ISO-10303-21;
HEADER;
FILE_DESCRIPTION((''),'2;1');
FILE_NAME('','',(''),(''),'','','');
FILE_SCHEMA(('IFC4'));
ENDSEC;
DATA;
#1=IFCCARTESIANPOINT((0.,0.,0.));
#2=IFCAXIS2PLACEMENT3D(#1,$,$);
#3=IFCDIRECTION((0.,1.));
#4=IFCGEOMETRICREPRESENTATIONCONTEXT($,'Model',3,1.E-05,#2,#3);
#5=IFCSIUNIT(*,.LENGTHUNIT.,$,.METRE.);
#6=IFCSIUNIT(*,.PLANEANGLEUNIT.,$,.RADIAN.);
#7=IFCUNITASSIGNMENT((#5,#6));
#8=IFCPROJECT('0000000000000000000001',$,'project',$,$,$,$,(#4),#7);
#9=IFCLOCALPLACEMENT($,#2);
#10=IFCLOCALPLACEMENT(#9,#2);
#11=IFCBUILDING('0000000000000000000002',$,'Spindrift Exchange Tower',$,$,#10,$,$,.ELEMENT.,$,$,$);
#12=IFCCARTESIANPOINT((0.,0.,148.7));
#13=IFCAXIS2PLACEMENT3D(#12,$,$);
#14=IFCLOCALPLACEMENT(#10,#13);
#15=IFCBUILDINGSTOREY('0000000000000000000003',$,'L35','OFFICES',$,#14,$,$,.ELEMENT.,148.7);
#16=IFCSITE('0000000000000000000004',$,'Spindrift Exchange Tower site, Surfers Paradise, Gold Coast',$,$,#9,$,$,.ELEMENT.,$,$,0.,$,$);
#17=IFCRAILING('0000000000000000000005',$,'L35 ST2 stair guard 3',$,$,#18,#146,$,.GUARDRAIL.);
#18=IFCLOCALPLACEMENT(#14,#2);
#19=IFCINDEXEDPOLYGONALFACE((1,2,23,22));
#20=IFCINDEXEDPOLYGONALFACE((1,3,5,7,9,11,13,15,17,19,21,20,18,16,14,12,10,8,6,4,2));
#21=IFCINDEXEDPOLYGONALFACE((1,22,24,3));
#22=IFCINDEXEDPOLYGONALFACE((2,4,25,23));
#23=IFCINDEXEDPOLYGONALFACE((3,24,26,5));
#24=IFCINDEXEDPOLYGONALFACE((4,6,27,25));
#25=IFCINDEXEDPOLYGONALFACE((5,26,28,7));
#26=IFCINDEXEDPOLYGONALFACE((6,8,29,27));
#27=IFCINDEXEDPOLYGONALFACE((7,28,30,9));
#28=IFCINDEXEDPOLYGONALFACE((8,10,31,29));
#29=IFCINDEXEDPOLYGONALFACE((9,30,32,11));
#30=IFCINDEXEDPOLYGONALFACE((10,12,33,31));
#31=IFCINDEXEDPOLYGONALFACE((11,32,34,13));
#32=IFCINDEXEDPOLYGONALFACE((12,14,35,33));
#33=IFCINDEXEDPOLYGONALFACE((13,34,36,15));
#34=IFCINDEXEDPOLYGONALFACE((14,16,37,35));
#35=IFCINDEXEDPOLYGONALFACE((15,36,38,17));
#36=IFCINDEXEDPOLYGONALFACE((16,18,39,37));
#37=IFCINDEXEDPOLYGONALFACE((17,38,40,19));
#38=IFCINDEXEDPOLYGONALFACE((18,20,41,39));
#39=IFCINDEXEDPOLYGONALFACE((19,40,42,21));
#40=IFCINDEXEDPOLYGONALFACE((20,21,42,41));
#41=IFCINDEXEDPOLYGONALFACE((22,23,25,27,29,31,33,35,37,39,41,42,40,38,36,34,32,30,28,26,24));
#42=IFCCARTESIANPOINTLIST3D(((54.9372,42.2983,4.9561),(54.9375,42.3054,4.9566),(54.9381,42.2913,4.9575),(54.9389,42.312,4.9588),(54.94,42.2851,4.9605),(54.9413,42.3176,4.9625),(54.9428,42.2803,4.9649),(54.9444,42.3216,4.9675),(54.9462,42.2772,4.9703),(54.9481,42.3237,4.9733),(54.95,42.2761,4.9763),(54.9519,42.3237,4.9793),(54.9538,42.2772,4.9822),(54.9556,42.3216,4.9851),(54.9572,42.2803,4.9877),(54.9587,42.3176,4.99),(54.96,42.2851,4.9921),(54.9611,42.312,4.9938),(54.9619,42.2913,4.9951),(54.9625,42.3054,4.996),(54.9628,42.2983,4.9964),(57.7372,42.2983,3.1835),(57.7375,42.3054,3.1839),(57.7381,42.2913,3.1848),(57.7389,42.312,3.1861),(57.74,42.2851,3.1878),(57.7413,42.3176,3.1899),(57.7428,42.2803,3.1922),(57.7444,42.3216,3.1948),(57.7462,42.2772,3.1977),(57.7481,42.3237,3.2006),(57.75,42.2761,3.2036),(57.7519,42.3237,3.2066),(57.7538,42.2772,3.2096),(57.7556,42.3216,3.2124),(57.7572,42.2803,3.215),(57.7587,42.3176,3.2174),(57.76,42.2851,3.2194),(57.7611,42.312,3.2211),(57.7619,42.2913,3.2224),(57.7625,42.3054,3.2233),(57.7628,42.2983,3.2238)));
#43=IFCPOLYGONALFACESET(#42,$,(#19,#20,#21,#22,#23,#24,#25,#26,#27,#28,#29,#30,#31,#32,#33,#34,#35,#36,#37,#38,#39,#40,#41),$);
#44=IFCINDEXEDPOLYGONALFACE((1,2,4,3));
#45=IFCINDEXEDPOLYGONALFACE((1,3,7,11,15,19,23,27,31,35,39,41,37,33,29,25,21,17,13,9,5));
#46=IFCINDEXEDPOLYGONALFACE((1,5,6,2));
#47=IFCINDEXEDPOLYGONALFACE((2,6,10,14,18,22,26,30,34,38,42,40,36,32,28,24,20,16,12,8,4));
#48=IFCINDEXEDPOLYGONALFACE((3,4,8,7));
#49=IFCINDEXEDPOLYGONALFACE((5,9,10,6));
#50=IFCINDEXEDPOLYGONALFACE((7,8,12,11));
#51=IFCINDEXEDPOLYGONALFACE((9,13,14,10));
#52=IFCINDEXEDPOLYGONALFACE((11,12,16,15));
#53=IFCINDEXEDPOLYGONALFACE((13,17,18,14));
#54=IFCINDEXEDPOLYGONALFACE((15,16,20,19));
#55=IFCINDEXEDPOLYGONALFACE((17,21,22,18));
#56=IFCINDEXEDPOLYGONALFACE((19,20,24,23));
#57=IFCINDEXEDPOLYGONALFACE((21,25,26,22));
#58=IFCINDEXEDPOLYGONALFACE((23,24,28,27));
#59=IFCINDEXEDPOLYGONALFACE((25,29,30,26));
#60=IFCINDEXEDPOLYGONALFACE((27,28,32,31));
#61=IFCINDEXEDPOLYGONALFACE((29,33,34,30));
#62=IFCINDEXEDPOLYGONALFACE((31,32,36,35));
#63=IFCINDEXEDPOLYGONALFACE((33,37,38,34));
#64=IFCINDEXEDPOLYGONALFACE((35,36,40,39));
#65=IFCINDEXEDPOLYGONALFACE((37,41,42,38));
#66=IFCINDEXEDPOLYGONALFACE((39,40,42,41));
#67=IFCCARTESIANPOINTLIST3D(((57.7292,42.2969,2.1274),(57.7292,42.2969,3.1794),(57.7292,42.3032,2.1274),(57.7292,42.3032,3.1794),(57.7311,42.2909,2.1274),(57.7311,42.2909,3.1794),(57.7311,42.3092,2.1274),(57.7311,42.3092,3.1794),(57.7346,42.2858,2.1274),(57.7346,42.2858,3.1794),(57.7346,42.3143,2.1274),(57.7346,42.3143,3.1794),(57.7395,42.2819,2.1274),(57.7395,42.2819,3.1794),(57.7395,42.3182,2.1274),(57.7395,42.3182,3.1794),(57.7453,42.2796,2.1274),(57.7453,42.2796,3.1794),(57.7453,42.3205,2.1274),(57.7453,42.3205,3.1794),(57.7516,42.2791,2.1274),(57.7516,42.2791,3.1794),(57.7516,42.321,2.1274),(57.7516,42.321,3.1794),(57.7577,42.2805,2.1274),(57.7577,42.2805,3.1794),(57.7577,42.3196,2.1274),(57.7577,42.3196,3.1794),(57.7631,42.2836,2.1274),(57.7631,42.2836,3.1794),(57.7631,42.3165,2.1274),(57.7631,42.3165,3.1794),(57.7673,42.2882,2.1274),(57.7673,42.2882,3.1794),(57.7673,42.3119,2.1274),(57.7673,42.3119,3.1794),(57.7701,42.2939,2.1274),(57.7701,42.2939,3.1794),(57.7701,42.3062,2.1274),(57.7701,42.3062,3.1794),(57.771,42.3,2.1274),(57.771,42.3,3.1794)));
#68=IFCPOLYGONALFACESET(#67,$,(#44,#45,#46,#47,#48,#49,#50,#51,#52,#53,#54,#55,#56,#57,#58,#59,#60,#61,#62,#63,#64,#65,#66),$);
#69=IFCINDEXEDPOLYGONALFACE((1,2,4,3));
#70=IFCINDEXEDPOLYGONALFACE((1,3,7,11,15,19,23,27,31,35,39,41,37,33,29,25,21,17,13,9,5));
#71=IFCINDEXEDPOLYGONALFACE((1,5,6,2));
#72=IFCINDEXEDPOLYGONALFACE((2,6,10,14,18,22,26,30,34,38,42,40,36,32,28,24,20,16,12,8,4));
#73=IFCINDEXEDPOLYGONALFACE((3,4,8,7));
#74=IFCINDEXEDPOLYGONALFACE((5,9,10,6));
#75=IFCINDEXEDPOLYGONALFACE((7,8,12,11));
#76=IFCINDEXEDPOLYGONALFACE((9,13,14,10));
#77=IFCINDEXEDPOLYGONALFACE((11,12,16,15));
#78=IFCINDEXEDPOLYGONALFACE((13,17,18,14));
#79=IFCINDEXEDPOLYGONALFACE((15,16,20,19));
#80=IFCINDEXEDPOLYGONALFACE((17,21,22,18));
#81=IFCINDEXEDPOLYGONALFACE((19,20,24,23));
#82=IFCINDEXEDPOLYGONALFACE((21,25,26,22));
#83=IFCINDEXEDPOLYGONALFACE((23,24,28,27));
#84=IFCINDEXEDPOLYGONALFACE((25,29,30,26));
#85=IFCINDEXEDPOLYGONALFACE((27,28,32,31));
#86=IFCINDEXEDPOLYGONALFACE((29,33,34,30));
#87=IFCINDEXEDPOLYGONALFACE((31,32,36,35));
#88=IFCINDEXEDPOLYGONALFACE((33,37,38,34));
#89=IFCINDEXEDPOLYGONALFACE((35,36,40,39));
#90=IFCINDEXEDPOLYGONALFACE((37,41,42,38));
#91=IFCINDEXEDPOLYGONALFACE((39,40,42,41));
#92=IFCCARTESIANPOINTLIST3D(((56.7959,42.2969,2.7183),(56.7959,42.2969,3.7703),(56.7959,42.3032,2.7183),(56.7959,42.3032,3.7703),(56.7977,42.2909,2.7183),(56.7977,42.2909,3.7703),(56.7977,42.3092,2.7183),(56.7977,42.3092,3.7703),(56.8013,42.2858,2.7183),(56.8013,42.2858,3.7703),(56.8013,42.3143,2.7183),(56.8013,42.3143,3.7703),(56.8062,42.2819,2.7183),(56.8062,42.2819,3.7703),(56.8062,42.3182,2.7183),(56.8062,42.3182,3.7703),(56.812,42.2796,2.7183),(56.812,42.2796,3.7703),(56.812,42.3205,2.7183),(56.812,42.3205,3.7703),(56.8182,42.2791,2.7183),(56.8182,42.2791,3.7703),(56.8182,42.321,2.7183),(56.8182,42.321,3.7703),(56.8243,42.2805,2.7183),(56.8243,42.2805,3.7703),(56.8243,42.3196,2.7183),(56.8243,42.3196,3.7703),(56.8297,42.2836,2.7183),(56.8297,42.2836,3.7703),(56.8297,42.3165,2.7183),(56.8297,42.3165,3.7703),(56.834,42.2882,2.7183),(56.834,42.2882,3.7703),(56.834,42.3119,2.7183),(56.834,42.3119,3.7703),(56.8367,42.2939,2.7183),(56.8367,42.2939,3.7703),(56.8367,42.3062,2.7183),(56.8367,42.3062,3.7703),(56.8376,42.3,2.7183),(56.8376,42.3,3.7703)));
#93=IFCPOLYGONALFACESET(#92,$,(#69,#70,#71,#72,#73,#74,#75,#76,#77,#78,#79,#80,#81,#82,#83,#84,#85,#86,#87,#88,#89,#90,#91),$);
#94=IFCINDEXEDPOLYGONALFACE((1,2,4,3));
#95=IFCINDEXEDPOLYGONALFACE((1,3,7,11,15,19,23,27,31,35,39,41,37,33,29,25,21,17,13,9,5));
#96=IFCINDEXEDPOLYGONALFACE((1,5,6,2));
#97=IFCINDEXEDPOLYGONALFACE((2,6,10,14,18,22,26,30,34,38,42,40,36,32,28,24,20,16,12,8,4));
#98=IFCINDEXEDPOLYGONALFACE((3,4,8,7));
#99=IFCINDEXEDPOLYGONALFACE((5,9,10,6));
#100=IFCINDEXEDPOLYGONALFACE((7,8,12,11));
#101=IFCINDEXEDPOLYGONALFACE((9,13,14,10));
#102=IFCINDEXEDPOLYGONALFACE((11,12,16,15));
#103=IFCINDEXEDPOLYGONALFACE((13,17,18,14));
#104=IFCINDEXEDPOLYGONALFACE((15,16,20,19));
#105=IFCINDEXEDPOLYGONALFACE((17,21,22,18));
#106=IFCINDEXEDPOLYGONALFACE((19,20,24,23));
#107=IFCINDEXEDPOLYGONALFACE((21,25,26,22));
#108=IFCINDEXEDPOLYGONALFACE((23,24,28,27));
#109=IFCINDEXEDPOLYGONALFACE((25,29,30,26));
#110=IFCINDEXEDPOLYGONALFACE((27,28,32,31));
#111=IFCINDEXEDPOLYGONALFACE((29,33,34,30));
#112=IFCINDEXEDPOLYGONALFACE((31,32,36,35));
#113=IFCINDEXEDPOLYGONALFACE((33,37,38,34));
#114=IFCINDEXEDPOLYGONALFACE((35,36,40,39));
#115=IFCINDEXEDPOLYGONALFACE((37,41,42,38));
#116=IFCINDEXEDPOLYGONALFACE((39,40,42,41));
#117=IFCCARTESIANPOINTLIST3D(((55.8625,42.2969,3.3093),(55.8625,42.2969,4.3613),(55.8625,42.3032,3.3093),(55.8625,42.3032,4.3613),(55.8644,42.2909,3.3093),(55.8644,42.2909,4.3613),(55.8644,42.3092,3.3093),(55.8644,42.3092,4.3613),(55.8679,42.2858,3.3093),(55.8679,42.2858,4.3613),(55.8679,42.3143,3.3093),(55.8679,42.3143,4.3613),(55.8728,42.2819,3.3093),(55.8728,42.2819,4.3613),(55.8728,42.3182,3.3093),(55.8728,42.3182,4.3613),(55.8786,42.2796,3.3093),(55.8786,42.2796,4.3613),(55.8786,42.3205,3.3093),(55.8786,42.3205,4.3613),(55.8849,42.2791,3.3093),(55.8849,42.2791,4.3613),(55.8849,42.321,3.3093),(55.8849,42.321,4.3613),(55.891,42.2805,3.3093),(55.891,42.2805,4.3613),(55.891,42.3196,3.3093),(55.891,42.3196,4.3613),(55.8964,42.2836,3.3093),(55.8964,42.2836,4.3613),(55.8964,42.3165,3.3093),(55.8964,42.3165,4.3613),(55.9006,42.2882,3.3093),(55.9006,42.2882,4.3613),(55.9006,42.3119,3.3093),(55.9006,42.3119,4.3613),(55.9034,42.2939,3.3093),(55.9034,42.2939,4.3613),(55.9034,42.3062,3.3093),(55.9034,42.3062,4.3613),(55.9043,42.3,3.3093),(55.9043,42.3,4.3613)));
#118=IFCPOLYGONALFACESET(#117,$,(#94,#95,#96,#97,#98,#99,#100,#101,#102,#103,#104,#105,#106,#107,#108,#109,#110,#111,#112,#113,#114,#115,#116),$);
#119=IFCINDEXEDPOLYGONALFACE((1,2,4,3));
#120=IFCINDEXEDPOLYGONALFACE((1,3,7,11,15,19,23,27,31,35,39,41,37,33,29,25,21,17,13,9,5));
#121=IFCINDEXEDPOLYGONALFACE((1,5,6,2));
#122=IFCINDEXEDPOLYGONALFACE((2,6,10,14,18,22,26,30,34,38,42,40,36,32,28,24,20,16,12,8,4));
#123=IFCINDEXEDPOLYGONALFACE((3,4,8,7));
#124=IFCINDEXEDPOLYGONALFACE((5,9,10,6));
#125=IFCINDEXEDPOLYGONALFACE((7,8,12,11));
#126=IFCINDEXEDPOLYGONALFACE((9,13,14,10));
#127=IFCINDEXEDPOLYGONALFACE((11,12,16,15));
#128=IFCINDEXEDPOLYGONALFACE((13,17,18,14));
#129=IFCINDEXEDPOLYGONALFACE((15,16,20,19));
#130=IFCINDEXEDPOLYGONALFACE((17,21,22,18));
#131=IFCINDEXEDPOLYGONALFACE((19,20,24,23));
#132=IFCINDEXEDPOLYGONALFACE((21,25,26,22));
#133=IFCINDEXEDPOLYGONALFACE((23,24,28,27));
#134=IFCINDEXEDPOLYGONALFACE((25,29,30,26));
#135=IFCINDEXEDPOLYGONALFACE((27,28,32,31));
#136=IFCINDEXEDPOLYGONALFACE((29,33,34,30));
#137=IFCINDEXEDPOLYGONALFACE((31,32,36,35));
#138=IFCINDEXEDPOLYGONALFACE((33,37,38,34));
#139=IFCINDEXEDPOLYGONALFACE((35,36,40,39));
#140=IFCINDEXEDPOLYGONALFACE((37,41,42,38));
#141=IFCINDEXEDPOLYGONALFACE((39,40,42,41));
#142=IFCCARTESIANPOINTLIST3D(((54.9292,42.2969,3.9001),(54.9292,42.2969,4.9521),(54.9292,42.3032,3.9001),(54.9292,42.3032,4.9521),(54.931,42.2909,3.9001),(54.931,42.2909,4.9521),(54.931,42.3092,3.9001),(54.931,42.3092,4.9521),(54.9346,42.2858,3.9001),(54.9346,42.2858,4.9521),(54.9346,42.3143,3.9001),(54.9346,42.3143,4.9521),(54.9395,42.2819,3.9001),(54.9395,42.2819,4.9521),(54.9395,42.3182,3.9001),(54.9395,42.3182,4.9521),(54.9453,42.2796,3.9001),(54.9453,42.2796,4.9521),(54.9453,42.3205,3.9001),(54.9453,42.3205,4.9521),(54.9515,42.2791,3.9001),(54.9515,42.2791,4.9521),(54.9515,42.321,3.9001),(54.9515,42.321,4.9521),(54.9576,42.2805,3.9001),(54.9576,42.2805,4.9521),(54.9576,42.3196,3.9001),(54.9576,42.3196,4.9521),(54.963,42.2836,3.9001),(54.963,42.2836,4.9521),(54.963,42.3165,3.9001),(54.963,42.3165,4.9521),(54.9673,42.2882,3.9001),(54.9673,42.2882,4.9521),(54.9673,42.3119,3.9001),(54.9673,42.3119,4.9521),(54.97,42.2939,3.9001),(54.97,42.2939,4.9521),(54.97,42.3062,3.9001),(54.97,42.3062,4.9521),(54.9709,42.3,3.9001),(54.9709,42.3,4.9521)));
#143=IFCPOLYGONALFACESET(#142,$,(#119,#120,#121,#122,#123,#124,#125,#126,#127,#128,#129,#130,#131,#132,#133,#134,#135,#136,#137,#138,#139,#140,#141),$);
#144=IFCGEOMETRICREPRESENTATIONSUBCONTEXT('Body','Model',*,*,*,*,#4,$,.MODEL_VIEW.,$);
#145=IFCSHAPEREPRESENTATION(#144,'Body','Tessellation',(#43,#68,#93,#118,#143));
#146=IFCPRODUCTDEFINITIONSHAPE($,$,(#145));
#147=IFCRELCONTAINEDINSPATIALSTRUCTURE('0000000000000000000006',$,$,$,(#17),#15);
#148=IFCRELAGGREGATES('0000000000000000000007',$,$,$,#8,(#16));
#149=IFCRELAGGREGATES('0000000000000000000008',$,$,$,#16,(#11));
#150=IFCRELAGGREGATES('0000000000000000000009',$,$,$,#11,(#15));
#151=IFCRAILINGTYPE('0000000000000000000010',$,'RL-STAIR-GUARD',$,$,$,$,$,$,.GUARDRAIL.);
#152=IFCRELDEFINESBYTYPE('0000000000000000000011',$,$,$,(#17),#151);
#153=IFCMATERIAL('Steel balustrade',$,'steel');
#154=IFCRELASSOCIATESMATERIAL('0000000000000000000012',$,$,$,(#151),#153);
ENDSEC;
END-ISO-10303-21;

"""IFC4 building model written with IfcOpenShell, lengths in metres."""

from ifc_helpers import new_model, si_unit, direction, frame, origin, origin_2d, place, context, subcontext, project, spatial, circle, extrude, material, type_object, element, save


model = new_model("IFC4")

# Units and contexts
model_context = context("Model", 3, precision=1e-05, world=origin(), true_north=direction((0.0, 1.0)))
body_context = subcontext(model_context, "Body", "Model", "MODEL_VIEW")
ifc_project = project(units=[si_unit("LENGTHUNIT", "METRE"), si_unit("PLANEANGLEUNIT", "RADIAN")], contexts=[model_context])

# Site, building, storey
site_placement = place(None, origin())
site = spatial("IfcSite", under=ifc_project, at=site_placement, Name="Spindrift Exchange Tower site, Surfers Paradise, Gold Coast", CompositionType="ELEMENT", RefElevation=0.0)
building_placement = place(site_placement, origin())
building = spatial("IfcBuilding", under=site, at=building_placement, Name="Spindrift Exchange Tower", CompositionType="ELEMENT")
storey_placement = place(building_placement, frame((0.0, 0.0, 148.7)))
storey = spatial("IfcBuildingStorey", under=building, at=storey_placement, Name="L35", Description="OFFICES", CompositionType="ELEMENT", Elevation=148.7)

# Railing
ifc_material_1 = material(Name="Steel balustrade", Category="steel")
railing_type_1 = type_object("IfcRailingType", Name="RL-STAIR-GUARD", PredefinedType="GUARDRAIL", material=ifc_material_1)
railing_1_placement = place(storey_placement, frame((57.75, 42.3, 2.1274)))
element("IfcRailing", 1, at=railing_1_placement, inside=storey, type_object=railing_type_1, Name="L35 ST2 stair guard 3", PredefinedType="GUARDRAIL", context=body_context, shape_type="SweptSolid", body=[
    extrude(circle(Radius=0.0239, at=origin_2d()), frame((0.0, 0.0, 1.0762), z_axis=(-0.844909, 0.0, 0.53491), x_axis=(0.0, -1.0, 0.0)), (0.0, 0.0, 1.0), 3.314),
    extrude(circle(Radius=0.021, at=origin_2d()), origin(), (0.0, 0.0, 1.0), 1.052),
    extrude(circle(Radius=0.021, at=origin_2d()), frame((-0.9333, 0.0, 0.5908)), (0.0, 0.0, 1.0), 1.052),
    extrude(circle(Radius=0.021, at=origin_2d()), frame((-1.8667, 0.0, 1.1819)), (0.0, 0.0, 1.0), 1.052),
    extrude(circle(Radius=0.021, at=origin_2d()), frame((-2.8, 0.0, 1.7727)), (0.0, 0.0, 1.0), 1.052),
])

save(model, "model.ifc")
